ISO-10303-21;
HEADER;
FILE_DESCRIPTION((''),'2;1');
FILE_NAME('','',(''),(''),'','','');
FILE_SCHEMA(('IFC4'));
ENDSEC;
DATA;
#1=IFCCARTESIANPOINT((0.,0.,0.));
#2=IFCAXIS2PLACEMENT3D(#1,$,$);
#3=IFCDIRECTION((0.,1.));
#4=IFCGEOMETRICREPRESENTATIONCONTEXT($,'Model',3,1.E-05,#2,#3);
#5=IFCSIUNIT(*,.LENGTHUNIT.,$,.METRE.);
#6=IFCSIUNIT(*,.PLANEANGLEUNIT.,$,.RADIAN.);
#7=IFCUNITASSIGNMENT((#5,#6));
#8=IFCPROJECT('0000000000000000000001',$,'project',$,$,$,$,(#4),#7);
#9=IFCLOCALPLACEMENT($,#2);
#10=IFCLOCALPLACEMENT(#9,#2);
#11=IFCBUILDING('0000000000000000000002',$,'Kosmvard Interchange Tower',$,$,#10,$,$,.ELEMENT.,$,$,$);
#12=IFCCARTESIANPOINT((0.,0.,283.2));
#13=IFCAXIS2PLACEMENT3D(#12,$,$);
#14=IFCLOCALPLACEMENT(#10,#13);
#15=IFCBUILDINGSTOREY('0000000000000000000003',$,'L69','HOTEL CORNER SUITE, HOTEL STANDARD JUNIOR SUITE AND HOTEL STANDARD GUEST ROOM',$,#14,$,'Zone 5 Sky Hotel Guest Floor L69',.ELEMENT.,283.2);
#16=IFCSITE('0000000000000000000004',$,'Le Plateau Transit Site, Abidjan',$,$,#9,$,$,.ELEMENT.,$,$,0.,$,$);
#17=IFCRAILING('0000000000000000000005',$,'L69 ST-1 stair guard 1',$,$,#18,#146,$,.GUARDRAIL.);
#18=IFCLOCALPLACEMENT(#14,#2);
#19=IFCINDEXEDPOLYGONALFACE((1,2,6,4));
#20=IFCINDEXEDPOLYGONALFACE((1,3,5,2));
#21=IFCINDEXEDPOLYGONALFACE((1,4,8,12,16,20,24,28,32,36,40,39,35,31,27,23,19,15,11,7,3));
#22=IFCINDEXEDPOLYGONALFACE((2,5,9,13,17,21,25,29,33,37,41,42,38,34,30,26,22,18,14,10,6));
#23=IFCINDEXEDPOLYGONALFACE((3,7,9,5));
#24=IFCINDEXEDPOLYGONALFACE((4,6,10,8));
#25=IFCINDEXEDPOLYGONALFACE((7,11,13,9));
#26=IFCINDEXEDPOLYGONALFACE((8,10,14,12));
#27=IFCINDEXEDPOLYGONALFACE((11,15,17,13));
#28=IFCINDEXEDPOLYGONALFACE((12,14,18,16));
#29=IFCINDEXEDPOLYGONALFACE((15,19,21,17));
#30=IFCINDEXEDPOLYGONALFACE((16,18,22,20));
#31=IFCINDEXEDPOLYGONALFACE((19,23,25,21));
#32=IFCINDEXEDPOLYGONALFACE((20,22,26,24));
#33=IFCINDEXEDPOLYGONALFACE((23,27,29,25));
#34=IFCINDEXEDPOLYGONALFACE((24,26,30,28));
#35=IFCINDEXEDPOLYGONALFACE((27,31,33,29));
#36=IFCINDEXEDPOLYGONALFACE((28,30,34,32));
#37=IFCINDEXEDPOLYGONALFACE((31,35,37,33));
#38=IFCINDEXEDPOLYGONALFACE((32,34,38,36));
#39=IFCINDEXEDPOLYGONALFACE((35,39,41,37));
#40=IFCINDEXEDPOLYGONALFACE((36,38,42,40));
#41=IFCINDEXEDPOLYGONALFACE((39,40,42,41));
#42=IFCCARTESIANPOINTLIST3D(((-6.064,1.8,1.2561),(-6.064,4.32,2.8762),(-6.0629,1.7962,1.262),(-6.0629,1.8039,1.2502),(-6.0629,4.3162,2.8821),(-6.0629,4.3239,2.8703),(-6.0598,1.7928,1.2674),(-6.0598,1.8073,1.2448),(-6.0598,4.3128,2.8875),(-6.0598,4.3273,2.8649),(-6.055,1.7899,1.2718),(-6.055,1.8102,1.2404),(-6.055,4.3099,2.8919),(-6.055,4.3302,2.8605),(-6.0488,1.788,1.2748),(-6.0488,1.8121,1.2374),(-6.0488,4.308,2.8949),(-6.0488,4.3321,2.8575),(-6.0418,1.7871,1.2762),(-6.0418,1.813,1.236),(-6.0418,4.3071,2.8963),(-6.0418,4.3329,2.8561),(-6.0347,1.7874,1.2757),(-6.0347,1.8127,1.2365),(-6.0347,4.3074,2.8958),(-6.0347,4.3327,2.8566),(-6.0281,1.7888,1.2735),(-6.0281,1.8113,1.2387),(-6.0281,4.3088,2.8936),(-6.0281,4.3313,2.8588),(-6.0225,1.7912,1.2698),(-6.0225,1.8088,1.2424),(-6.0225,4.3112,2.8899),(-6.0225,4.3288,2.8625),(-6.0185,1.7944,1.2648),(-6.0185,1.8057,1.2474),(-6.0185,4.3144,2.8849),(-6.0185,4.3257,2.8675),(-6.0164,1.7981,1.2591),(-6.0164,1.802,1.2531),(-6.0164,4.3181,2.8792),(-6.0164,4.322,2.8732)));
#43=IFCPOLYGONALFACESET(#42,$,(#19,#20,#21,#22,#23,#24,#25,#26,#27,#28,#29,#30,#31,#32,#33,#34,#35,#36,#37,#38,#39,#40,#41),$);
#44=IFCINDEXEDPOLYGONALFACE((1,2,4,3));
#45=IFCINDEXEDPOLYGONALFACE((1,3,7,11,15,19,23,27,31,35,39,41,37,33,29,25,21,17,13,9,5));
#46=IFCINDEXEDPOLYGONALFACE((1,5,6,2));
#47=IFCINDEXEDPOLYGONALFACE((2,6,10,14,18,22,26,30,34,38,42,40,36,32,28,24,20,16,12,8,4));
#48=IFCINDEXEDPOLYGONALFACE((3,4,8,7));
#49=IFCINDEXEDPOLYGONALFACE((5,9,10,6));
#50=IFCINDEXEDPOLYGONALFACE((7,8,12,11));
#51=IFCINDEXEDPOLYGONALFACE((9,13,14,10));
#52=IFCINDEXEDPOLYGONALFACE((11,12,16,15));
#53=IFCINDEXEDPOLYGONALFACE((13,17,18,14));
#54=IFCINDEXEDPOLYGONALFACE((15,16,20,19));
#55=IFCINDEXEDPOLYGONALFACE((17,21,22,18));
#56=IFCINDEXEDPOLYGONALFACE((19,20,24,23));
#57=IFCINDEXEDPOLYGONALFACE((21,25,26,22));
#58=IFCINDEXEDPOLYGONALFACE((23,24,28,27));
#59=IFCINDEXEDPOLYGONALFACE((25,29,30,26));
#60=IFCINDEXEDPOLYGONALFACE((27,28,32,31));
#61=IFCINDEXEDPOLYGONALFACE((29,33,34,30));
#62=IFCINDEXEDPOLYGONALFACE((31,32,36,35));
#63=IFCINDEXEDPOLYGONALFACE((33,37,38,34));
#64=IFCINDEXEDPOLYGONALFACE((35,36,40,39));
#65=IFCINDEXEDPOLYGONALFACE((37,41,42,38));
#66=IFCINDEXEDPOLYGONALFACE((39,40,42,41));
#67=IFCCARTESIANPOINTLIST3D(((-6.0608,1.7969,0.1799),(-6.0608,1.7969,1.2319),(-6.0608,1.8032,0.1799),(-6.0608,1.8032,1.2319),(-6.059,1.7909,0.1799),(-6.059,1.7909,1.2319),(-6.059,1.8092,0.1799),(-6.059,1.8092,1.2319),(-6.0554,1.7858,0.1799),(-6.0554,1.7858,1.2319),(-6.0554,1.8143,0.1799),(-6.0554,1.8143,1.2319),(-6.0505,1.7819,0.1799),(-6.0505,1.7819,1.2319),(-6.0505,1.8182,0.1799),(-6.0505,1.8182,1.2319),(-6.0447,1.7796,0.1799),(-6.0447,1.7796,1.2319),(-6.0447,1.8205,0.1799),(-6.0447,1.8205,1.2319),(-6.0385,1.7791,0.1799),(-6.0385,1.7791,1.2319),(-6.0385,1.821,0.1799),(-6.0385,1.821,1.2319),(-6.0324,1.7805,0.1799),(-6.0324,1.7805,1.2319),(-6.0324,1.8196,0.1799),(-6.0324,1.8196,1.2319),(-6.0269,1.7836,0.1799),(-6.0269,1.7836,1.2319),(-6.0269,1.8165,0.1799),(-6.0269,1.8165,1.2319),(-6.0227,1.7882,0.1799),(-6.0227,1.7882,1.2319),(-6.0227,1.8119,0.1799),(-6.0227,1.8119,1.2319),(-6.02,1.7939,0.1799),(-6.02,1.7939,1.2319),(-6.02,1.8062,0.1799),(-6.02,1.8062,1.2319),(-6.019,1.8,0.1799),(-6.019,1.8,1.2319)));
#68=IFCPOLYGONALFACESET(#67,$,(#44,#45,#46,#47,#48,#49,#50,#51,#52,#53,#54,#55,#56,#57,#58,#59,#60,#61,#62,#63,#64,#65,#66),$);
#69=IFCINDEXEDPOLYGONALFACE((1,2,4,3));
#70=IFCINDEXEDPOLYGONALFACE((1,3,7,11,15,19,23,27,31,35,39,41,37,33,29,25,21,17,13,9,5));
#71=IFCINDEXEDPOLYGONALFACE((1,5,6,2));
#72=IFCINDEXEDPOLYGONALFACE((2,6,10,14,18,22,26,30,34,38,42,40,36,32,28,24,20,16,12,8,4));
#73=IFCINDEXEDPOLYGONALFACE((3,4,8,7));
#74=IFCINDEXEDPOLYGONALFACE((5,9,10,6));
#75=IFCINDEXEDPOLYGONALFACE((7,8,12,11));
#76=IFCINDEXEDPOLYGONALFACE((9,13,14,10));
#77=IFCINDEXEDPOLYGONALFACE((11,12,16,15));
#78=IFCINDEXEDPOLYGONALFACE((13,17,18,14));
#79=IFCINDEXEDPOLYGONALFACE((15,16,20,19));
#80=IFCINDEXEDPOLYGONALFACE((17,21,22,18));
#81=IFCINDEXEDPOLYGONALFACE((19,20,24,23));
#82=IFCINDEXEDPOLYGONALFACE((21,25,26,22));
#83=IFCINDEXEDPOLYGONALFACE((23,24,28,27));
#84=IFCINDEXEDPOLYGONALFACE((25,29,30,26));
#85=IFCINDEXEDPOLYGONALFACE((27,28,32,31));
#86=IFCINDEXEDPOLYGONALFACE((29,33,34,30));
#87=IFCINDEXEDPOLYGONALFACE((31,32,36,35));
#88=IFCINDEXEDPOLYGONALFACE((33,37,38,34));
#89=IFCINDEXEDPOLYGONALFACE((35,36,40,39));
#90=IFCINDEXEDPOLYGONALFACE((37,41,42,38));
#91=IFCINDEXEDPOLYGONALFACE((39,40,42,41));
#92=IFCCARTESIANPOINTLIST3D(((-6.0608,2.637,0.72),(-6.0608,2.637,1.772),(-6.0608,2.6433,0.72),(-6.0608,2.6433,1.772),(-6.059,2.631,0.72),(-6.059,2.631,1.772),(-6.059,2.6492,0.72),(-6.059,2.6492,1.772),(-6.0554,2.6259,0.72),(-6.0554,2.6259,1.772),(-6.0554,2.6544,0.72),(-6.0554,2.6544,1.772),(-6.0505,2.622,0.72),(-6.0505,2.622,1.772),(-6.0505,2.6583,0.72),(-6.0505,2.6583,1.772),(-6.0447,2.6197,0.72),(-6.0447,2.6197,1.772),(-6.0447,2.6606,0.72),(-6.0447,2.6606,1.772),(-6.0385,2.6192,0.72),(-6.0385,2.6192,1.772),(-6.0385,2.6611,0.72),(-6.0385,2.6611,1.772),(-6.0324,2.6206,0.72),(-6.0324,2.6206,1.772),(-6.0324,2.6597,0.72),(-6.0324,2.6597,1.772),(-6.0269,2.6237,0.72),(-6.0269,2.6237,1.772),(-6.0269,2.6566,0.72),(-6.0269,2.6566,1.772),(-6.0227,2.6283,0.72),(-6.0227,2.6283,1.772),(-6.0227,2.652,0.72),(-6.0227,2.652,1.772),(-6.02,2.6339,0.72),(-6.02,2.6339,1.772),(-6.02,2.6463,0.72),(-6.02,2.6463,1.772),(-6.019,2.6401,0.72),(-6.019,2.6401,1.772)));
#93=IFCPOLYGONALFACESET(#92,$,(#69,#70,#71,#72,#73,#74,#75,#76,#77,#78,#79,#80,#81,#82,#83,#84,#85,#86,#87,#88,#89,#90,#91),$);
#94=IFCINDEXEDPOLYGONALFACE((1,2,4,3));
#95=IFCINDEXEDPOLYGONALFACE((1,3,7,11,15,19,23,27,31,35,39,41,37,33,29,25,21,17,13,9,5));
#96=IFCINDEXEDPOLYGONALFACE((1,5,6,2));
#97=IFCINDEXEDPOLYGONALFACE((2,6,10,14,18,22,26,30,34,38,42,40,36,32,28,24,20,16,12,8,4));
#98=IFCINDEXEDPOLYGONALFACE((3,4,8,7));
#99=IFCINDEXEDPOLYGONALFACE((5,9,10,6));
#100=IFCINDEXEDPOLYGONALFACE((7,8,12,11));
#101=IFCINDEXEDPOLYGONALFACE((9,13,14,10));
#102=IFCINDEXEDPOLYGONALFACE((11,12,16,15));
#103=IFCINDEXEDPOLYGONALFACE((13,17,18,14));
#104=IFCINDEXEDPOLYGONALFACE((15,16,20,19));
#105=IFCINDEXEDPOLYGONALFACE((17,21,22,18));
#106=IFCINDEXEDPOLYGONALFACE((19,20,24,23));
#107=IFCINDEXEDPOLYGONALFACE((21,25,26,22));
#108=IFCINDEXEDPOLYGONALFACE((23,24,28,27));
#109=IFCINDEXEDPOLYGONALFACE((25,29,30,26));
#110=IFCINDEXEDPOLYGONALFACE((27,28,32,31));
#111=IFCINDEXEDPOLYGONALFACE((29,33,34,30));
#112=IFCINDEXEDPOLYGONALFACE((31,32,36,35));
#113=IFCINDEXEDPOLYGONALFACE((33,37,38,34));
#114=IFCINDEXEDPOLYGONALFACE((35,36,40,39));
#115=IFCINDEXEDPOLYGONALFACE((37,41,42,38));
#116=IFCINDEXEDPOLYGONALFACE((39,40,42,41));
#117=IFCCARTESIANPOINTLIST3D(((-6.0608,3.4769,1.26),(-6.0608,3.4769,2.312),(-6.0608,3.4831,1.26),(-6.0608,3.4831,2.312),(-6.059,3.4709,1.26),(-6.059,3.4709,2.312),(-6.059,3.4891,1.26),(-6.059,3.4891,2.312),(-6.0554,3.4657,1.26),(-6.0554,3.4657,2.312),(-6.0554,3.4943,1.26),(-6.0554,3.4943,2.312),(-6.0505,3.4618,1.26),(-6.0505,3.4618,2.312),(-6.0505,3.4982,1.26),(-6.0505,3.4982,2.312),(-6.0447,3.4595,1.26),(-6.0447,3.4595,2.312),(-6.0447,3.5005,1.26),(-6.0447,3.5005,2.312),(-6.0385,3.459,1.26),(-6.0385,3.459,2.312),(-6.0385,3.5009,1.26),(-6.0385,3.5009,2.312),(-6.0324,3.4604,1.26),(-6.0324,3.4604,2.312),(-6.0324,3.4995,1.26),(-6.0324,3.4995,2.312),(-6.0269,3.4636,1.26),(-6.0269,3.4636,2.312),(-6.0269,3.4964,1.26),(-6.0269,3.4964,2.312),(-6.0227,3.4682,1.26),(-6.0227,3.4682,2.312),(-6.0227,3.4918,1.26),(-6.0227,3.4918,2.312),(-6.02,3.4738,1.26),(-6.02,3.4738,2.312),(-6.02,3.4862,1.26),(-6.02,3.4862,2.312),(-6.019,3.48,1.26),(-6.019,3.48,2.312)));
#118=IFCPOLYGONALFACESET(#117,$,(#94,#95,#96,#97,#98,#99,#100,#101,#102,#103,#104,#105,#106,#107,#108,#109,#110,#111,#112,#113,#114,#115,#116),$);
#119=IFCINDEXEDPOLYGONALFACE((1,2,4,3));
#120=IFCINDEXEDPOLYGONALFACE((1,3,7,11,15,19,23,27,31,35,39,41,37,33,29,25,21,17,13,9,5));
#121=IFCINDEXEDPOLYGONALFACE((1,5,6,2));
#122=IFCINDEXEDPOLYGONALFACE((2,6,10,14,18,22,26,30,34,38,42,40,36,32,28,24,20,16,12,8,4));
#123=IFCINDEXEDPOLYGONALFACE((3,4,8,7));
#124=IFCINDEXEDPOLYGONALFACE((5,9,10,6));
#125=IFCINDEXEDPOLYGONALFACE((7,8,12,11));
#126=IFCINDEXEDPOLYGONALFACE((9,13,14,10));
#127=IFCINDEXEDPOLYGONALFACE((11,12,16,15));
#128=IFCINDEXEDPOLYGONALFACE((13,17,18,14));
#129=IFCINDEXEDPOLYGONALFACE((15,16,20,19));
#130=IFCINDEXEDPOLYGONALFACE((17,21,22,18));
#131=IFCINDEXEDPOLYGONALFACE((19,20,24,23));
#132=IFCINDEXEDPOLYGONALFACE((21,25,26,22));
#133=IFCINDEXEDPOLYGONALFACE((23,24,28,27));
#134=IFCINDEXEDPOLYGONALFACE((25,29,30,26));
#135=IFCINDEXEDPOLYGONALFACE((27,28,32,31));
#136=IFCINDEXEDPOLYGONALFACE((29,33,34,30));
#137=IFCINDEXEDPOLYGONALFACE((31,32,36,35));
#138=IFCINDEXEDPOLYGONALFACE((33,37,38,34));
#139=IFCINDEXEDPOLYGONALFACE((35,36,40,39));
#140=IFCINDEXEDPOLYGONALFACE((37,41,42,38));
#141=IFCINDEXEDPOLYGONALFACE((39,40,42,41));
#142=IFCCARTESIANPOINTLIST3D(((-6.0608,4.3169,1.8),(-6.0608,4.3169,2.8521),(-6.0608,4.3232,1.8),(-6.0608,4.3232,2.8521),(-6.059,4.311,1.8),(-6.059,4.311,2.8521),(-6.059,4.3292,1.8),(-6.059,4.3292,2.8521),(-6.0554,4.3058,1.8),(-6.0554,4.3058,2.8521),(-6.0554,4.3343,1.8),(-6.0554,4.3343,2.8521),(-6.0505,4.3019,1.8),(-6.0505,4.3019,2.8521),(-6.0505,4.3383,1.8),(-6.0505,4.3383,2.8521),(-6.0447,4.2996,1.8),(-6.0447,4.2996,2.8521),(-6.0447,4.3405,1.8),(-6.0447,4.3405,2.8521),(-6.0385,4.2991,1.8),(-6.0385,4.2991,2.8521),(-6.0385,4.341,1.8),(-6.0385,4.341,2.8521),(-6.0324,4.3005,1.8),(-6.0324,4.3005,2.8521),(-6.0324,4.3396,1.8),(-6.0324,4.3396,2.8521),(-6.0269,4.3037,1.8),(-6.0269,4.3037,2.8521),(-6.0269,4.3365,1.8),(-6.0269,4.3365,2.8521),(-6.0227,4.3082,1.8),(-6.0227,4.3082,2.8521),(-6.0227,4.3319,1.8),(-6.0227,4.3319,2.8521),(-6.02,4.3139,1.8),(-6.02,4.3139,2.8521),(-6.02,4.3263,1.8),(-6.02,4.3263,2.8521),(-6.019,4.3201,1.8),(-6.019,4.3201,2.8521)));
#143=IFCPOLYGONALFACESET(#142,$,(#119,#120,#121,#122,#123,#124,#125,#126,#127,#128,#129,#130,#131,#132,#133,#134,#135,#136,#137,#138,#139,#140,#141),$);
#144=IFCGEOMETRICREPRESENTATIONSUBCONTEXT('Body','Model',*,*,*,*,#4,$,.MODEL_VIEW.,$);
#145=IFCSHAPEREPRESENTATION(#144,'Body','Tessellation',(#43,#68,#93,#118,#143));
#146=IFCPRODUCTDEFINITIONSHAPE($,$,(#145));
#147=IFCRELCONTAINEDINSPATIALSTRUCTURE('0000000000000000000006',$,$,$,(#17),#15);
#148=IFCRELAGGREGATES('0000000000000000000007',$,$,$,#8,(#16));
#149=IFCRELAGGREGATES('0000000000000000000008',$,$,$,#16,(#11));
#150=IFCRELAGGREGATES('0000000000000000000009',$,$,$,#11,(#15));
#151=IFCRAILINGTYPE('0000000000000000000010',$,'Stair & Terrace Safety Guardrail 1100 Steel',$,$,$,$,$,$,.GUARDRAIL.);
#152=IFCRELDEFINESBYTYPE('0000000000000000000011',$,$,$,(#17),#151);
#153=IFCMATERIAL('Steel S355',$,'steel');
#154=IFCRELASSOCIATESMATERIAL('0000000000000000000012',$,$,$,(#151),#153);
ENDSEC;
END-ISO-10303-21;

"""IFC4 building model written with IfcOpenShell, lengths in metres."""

from ifc_helpers import new_model, si_unit, direction, frame, origin, origin_2d, place, context, subcontext, project, spatial, circle, extrude, source, transform, mapped, material, type_object, element, save


model = new_model("IFC4")

# Units and contexts
model_context = context("Model", 3, precision=1e-05, world=origin(), true_north=direction((0.0, 1.0)))
body_context = subcontext(model_context, "Body", "Model", "MODEL_VIEW")
ifc_project = project(units=[si_unit("LENGTHUNIT", "METRE"), si_unit("PLANEANGLEUNIT", "RADIAN")], contexts=[model_context])

# Site, building, storey
site_placement = place(None, origin())
site = spatial("IfcSite", under=ifc_project, at=site_placement, Name="Le Plateau Transit Site, Abidjan", CompositionType="ELEMENT", RefElevation=0.0)
building_placement = place(site_placement, origin())
building = spatial("IfcBuilding", under=site, at=building_placement, Name="Kosmvard Interchange Tower", CompositionType="ELEMENT")
storey_placement = place(building_placement, frame((0.0, 0.0, 283.2)))
storey = spatial("IfcBuildingStorey", under=building, at=storey_placement, Name="L69", Description="HOTEL CORNER SUITE, HOTEL STANDARD JUNIOR SUITE AND HOTEL STANDARD GUEST ROOM", LongName="Zone 5 Sky Hotel Guest Floor L69", CompositionType="ELEMENT", Elevation=283.2)

# Railing
ifc_material_1 = material(Name="Steel S355", Category="steel")
railing_type_1 = type_object("IfcRailingType", Name="Stair & Terrace Safety Guardrail 1100 Steel", PredefinedType="GUARDRAIL", material=ifc_material_1)
shared_shape_1 = source(origin(), body_context, "Body", "SweptSolid", [
    extrude(circle(Radius=0.0239, at=origin_2d()), frame((0.0, 0.0, 1.0762), z_axis=(0.0, 0.841163, 0.540782), x_axis=(-1.0, 0.0, 0.0)), (0.0, 0.0, 1.0), 2.9958),
    extrude(circle(Radius=0.021, at=origin_2d()), origin(), (0.0, 0.0, 1.0), 1.052),
    extrude(circle(Radius=0.021, at=origin_2d()), frame((0.0, 0.8401, 0.54)), (0.0, 0.0, 1.0), 1.052),
    extrude(circle(Radius=0.021, at=origin_2d()), frame((0.0, 1.6799, 1.0801)), (0.0, 0.0, 1.0), 1.052),
    extrude(circle(Radius=0.021, at=origin_2d()), frame((0.0, 2.52, 1.6201)), (0.0, 0.0, 1.0), 1.052),
])
railing_1_placement = place(storey_placement, frame((-6.04, 1.8, 0.1799)))
element("IfcRailing", 1, at=railing_1_placement, inside=storey, type_object=railing_type_1, Name="L69 ST-1 stair guard 1", PredefinedType="GUARDRAIL", context=body_context, shape_type="MappedRepresentation", body=[
    mapped(shared_shape_1, transform((0.0, 0.0, 0.0), scale=1.0)),
])

save(model, "model.ifc")
